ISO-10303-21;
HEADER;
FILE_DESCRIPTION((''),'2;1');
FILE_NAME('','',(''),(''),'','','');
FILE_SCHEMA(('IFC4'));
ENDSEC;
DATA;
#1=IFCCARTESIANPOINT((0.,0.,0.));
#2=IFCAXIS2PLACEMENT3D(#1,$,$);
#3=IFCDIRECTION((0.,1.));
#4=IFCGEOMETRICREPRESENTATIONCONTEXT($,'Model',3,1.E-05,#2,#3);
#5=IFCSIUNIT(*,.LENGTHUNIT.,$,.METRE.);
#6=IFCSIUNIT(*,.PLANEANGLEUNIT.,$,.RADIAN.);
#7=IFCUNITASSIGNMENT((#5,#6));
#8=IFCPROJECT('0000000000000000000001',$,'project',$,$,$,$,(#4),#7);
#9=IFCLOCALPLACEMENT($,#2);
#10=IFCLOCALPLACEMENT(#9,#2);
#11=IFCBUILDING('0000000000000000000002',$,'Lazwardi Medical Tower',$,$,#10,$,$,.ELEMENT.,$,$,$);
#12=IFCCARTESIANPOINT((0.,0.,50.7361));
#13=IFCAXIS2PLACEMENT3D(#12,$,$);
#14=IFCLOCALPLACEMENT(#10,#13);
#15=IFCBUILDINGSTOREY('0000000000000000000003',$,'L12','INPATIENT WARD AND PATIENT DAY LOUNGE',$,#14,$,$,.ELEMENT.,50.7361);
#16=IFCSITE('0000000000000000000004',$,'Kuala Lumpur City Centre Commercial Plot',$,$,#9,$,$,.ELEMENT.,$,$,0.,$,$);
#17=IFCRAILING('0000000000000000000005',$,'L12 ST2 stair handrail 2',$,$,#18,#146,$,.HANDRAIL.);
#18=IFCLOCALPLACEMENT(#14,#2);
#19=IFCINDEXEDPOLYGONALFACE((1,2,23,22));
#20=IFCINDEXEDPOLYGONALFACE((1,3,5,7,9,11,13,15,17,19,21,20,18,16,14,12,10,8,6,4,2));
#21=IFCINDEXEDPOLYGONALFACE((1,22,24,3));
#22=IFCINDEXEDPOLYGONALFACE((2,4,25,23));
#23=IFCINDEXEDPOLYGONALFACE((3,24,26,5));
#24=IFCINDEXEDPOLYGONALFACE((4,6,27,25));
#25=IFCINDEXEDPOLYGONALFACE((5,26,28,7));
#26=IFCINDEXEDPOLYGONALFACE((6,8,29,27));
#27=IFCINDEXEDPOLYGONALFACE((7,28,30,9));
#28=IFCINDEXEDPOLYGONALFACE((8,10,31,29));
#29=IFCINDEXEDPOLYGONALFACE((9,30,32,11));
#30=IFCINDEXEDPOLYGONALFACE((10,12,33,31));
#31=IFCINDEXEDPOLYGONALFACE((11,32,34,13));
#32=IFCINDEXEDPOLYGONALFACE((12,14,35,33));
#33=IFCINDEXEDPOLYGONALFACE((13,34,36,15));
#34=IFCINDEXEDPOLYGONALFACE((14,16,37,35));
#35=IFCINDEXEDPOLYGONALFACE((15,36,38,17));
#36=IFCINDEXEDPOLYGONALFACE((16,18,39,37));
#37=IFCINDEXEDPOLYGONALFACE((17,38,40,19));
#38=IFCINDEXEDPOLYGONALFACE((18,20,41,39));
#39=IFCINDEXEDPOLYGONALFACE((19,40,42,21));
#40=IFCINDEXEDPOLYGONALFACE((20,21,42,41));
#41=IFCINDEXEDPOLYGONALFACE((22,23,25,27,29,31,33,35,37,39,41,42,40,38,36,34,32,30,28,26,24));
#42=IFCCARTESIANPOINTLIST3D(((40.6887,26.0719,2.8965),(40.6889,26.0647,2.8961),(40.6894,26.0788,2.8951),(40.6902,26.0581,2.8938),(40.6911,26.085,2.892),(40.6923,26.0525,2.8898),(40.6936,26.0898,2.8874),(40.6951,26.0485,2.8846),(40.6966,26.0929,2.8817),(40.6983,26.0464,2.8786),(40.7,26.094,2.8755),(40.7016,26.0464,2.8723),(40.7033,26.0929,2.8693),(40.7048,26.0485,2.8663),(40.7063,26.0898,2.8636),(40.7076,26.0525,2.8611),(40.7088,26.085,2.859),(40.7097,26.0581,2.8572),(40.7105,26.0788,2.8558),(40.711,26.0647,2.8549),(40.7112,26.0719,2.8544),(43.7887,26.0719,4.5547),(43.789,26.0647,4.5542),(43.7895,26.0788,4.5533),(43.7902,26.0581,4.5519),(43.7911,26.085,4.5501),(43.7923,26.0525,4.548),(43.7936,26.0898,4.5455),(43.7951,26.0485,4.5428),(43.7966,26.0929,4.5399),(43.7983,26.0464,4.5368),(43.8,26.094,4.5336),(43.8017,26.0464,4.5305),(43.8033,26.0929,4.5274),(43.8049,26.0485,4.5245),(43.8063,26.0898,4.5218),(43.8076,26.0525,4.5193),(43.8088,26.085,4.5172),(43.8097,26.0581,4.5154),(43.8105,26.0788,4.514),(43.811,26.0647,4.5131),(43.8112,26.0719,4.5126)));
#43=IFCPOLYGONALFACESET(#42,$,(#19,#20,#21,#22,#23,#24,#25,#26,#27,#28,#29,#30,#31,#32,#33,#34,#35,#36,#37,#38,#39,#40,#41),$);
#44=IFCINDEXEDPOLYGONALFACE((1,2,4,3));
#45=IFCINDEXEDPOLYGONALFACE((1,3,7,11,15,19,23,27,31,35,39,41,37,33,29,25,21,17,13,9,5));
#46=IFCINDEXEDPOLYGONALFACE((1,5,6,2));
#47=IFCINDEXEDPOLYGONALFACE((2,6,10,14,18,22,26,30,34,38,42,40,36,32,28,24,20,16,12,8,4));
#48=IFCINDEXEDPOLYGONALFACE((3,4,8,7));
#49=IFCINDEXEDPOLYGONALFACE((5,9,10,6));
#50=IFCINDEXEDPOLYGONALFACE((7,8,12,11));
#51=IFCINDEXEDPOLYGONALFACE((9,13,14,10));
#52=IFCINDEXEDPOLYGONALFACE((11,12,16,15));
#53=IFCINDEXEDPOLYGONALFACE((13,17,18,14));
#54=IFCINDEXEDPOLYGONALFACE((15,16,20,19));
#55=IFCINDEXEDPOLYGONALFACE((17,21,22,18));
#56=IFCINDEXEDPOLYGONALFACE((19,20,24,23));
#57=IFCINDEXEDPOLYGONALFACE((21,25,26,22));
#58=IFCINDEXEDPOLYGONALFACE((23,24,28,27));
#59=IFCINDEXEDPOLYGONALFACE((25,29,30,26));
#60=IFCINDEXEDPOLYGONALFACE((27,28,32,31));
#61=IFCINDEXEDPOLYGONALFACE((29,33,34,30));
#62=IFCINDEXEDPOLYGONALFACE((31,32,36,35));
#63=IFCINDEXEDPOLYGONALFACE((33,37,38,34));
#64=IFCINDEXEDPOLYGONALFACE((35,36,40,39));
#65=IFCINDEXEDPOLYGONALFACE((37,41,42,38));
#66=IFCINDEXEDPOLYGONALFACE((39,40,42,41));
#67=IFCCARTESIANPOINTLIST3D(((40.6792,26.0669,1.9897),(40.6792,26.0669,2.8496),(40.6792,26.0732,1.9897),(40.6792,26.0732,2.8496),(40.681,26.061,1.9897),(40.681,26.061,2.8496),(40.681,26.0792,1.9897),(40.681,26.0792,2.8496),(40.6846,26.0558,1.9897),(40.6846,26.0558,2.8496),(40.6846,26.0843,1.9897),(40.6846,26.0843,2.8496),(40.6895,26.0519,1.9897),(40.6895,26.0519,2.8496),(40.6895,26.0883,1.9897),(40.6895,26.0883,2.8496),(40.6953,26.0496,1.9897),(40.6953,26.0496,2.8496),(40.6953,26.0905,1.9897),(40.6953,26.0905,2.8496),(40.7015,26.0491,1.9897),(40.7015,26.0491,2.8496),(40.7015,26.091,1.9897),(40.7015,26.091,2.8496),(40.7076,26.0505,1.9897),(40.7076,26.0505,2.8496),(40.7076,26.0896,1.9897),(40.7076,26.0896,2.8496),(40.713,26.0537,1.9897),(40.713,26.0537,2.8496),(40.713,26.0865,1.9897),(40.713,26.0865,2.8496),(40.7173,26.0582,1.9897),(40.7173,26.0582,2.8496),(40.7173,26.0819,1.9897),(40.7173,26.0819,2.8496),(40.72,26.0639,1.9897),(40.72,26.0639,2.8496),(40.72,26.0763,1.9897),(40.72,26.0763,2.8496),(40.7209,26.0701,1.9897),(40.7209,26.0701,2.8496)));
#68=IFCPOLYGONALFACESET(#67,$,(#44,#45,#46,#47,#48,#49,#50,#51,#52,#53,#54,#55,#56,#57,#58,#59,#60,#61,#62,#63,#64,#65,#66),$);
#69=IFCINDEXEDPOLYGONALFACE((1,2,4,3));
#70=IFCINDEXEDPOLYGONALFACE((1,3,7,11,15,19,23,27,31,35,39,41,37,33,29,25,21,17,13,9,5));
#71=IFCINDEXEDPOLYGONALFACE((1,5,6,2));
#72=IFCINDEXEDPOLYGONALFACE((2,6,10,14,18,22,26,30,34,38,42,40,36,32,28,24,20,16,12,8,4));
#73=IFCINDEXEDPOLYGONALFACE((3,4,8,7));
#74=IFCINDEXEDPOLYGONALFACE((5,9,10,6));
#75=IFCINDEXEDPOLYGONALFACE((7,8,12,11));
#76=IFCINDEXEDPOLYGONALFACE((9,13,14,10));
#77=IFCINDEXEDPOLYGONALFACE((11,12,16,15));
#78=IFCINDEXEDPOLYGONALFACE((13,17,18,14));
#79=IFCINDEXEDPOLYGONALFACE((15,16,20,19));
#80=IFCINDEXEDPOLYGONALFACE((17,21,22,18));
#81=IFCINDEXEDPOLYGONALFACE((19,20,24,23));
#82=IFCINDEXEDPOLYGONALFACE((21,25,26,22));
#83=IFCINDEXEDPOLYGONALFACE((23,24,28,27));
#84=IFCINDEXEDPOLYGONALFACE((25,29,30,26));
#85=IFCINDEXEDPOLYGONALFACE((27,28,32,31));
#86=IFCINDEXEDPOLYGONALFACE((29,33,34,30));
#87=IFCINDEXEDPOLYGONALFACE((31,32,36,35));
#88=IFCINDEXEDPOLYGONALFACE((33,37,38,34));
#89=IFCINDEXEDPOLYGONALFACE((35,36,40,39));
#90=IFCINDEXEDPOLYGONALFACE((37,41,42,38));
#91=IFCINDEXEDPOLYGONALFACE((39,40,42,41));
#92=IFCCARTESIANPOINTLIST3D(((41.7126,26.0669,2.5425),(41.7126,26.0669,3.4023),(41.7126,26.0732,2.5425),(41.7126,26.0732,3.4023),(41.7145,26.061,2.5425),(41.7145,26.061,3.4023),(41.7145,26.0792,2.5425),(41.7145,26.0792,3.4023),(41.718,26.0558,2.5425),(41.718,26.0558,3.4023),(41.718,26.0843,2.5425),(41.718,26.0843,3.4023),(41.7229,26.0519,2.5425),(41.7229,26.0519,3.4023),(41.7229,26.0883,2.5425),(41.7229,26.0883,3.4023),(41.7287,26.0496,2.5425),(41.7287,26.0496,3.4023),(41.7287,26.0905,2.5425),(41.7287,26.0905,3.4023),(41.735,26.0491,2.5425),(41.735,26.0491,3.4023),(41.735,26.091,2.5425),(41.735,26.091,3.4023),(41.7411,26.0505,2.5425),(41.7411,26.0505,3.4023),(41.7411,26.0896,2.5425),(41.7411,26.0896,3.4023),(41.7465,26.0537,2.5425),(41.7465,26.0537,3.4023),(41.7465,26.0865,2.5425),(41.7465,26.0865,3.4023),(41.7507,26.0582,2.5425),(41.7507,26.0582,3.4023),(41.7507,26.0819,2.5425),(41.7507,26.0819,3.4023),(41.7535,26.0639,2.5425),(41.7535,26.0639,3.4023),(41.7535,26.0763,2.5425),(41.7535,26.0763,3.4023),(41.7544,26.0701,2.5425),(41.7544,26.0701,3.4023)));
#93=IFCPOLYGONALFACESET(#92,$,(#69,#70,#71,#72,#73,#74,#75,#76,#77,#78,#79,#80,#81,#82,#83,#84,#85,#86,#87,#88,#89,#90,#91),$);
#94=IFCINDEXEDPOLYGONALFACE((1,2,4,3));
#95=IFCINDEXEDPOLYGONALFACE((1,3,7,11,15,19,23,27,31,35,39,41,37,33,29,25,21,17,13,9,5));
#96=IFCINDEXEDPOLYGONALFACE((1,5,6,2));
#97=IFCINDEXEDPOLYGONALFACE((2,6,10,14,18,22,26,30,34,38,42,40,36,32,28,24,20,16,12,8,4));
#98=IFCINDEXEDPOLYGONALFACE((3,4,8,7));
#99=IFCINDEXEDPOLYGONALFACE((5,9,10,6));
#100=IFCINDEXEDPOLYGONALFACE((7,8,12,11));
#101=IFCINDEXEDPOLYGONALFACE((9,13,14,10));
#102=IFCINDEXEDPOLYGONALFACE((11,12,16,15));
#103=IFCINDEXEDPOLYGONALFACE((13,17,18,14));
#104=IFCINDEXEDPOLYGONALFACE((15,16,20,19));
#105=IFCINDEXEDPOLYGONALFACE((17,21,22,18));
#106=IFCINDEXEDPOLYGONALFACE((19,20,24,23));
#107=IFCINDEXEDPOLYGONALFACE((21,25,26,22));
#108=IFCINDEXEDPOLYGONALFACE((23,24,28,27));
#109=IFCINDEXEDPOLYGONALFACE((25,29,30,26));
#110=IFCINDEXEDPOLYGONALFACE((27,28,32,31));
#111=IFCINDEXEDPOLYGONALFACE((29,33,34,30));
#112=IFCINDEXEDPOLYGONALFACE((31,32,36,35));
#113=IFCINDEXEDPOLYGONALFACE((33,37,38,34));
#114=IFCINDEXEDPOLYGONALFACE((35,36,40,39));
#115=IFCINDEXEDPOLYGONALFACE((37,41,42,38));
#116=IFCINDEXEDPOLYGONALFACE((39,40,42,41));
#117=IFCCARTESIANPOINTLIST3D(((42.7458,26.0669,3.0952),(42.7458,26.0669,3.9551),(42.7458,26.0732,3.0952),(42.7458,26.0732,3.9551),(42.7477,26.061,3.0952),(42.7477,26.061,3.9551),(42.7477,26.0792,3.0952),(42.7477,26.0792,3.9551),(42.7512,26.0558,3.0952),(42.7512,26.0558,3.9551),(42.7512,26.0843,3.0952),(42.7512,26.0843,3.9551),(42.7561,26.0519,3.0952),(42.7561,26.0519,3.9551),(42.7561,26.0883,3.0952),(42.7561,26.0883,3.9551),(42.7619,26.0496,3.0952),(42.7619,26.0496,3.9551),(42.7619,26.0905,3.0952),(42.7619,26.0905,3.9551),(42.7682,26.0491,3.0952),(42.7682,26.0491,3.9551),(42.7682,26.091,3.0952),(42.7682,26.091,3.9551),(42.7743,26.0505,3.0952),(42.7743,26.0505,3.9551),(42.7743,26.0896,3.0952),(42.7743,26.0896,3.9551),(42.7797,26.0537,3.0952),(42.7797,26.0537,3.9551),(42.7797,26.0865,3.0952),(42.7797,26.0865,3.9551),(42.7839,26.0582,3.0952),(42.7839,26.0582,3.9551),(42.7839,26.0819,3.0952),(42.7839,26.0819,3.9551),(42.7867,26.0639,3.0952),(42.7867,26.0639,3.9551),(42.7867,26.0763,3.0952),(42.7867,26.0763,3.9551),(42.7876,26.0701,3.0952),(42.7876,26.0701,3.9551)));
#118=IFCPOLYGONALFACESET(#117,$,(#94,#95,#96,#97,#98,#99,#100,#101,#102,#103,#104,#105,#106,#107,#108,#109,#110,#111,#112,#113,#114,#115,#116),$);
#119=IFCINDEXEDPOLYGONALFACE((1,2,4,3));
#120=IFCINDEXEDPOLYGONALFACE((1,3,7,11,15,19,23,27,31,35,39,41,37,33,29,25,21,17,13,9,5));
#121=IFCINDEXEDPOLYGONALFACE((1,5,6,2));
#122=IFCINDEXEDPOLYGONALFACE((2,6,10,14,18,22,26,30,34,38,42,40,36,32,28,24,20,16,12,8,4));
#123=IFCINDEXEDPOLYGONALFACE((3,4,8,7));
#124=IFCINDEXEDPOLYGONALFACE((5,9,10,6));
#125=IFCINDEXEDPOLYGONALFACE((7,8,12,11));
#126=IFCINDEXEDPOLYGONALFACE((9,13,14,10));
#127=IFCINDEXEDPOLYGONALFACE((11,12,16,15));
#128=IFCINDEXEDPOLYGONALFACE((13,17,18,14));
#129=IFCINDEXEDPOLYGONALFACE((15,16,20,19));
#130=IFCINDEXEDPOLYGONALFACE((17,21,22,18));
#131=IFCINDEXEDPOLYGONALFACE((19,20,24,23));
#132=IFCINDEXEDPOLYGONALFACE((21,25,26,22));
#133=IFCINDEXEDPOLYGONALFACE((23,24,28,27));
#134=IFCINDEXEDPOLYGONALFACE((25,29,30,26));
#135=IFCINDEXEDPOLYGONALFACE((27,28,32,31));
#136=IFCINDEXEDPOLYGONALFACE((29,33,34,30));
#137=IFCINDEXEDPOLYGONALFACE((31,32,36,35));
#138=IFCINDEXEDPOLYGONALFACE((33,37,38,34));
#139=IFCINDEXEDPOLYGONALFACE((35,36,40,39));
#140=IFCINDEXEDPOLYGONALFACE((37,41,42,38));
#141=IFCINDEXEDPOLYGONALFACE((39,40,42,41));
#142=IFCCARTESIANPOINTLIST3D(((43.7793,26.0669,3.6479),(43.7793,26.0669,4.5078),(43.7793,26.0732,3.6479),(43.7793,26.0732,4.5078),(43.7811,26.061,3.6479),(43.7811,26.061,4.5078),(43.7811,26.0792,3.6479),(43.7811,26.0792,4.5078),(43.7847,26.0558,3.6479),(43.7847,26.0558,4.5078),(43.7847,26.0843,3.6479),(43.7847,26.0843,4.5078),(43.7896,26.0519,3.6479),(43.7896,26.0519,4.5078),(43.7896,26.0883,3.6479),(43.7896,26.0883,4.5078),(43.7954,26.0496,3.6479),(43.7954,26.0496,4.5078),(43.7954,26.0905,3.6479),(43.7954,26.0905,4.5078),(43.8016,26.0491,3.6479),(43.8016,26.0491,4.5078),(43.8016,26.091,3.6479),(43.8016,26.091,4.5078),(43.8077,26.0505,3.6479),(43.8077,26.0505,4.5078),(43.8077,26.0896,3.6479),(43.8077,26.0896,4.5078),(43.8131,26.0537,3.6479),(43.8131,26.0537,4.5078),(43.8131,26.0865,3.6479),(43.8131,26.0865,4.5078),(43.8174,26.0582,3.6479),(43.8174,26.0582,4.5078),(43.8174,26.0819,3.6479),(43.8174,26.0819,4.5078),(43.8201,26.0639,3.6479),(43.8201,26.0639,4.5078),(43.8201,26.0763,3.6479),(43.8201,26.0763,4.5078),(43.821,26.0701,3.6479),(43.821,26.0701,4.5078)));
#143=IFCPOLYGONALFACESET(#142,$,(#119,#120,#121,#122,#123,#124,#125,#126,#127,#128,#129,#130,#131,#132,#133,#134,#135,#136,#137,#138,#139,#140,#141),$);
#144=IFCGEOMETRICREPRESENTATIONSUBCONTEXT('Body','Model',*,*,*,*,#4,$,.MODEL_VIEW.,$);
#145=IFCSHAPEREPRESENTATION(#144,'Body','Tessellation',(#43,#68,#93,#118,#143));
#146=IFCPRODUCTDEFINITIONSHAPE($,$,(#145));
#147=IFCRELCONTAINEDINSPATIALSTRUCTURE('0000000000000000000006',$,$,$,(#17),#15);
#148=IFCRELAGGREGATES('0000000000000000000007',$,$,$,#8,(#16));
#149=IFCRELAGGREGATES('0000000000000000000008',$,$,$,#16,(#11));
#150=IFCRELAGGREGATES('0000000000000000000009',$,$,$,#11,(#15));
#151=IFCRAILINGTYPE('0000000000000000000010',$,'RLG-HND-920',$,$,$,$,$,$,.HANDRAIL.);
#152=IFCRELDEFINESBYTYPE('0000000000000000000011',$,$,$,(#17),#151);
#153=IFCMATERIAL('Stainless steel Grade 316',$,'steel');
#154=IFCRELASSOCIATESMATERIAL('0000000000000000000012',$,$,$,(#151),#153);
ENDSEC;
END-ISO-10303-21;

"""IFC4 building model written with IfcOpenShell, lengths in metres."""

from ifc_helpers import new_model, si_unit, direction, frame, origin, origin_2d, place, context, subcontext, project, spatial, circle, extrude, material, type_object, element, save


model = new_model("IFC4")

# Units and contexts
model_context = context("Model", 3, precision=1e-05, world=origin(), true_north=direction((0.0, 1.0)))
body_context = subcontext(model_context, "Body", "Model", "MODEL_VIEW")
ifc_project = project(units=[si_unit("LENGTHUNIT", "METRE"), si_unit("PLANEANGLEUNIT", "RADIAN")], contexts=[model_context])

# Site, building, storey
site_placement = place(None, origin())
site = spatial("IfcSite", under=ifc_project, at=site_placement, Name="Kuala Lumpur City Centre Commercial Plot", CompositionType="ELEMENT", RefElevation=0.0)
building_placement = place(site_placement, origin())
building = spatial("IfcBuilding", under=site, at=building_placement, Name="Lazwardi Medical Tower", CompositionType="ELEMENT")
storey_placement = place(building_placement, frame((0.0, 0.0, 50.7361)))
storey = spatial("IfcBuildingStorey", under=building, at=storey_placement, Name="L12", Description="INPATIENT WARD AND PATIENT DAY LOUNGE", CompositionType="ELEMENT", Elevation=50.7361)

# Railing
ifc_material_1 = material(Name="Stainless steel Grade 316", Category="steel")
railing_type_1 = type_object("IfcRailingType", Name="RLG-HND-920", PredefinedType="HANDRAIL", material=ifc_material_1)
railing_1_placement = place(storey_placement, frame((40.7, 26.0701, 1.9897)))
element("IfcRailing", 1, at=railing_1_placement, inside=storey, type_object=railing_type_1, Name="L12 ST2 stair handrail 2", PredefinedType="HANDRAIL", context=body_context, shape_type="SweptSolid", body=[
    extrude(circle(Radius=0.0239, at=origin_2d()), frame((0.0, 0.0, 0.8857), z_axis=(0.881783, 0.0, 0.471655), x_axis=(0.0, 1.0, 0.0)), (0.0, 0.0, 1.0), 3.5156),
    extrude(circle(Radius=0.021, at=origin_2d()), origin(), (0.0, 0.0, 1.0), 0.8599),
    extrude(circle(Radius=0.021, at=origin_2d()), frame((1.0334, 0.0, 0.5527)), (0.0, 0.0, 1.0), 0.8599),
    extrude(circle(Radius=0.021, at=origin_2d()), frame((2.0667, 0.0, 1.1055)), (0.0, 0.0, 1.0), 0.8599),
    extrude(circle(Radius=0.021, at=origin_2d()), frame((3.1001, 0.0, 1.6582)), (0.0, 0.0, 1.0), 0.8599),
])

save(model, "model.ifc")
